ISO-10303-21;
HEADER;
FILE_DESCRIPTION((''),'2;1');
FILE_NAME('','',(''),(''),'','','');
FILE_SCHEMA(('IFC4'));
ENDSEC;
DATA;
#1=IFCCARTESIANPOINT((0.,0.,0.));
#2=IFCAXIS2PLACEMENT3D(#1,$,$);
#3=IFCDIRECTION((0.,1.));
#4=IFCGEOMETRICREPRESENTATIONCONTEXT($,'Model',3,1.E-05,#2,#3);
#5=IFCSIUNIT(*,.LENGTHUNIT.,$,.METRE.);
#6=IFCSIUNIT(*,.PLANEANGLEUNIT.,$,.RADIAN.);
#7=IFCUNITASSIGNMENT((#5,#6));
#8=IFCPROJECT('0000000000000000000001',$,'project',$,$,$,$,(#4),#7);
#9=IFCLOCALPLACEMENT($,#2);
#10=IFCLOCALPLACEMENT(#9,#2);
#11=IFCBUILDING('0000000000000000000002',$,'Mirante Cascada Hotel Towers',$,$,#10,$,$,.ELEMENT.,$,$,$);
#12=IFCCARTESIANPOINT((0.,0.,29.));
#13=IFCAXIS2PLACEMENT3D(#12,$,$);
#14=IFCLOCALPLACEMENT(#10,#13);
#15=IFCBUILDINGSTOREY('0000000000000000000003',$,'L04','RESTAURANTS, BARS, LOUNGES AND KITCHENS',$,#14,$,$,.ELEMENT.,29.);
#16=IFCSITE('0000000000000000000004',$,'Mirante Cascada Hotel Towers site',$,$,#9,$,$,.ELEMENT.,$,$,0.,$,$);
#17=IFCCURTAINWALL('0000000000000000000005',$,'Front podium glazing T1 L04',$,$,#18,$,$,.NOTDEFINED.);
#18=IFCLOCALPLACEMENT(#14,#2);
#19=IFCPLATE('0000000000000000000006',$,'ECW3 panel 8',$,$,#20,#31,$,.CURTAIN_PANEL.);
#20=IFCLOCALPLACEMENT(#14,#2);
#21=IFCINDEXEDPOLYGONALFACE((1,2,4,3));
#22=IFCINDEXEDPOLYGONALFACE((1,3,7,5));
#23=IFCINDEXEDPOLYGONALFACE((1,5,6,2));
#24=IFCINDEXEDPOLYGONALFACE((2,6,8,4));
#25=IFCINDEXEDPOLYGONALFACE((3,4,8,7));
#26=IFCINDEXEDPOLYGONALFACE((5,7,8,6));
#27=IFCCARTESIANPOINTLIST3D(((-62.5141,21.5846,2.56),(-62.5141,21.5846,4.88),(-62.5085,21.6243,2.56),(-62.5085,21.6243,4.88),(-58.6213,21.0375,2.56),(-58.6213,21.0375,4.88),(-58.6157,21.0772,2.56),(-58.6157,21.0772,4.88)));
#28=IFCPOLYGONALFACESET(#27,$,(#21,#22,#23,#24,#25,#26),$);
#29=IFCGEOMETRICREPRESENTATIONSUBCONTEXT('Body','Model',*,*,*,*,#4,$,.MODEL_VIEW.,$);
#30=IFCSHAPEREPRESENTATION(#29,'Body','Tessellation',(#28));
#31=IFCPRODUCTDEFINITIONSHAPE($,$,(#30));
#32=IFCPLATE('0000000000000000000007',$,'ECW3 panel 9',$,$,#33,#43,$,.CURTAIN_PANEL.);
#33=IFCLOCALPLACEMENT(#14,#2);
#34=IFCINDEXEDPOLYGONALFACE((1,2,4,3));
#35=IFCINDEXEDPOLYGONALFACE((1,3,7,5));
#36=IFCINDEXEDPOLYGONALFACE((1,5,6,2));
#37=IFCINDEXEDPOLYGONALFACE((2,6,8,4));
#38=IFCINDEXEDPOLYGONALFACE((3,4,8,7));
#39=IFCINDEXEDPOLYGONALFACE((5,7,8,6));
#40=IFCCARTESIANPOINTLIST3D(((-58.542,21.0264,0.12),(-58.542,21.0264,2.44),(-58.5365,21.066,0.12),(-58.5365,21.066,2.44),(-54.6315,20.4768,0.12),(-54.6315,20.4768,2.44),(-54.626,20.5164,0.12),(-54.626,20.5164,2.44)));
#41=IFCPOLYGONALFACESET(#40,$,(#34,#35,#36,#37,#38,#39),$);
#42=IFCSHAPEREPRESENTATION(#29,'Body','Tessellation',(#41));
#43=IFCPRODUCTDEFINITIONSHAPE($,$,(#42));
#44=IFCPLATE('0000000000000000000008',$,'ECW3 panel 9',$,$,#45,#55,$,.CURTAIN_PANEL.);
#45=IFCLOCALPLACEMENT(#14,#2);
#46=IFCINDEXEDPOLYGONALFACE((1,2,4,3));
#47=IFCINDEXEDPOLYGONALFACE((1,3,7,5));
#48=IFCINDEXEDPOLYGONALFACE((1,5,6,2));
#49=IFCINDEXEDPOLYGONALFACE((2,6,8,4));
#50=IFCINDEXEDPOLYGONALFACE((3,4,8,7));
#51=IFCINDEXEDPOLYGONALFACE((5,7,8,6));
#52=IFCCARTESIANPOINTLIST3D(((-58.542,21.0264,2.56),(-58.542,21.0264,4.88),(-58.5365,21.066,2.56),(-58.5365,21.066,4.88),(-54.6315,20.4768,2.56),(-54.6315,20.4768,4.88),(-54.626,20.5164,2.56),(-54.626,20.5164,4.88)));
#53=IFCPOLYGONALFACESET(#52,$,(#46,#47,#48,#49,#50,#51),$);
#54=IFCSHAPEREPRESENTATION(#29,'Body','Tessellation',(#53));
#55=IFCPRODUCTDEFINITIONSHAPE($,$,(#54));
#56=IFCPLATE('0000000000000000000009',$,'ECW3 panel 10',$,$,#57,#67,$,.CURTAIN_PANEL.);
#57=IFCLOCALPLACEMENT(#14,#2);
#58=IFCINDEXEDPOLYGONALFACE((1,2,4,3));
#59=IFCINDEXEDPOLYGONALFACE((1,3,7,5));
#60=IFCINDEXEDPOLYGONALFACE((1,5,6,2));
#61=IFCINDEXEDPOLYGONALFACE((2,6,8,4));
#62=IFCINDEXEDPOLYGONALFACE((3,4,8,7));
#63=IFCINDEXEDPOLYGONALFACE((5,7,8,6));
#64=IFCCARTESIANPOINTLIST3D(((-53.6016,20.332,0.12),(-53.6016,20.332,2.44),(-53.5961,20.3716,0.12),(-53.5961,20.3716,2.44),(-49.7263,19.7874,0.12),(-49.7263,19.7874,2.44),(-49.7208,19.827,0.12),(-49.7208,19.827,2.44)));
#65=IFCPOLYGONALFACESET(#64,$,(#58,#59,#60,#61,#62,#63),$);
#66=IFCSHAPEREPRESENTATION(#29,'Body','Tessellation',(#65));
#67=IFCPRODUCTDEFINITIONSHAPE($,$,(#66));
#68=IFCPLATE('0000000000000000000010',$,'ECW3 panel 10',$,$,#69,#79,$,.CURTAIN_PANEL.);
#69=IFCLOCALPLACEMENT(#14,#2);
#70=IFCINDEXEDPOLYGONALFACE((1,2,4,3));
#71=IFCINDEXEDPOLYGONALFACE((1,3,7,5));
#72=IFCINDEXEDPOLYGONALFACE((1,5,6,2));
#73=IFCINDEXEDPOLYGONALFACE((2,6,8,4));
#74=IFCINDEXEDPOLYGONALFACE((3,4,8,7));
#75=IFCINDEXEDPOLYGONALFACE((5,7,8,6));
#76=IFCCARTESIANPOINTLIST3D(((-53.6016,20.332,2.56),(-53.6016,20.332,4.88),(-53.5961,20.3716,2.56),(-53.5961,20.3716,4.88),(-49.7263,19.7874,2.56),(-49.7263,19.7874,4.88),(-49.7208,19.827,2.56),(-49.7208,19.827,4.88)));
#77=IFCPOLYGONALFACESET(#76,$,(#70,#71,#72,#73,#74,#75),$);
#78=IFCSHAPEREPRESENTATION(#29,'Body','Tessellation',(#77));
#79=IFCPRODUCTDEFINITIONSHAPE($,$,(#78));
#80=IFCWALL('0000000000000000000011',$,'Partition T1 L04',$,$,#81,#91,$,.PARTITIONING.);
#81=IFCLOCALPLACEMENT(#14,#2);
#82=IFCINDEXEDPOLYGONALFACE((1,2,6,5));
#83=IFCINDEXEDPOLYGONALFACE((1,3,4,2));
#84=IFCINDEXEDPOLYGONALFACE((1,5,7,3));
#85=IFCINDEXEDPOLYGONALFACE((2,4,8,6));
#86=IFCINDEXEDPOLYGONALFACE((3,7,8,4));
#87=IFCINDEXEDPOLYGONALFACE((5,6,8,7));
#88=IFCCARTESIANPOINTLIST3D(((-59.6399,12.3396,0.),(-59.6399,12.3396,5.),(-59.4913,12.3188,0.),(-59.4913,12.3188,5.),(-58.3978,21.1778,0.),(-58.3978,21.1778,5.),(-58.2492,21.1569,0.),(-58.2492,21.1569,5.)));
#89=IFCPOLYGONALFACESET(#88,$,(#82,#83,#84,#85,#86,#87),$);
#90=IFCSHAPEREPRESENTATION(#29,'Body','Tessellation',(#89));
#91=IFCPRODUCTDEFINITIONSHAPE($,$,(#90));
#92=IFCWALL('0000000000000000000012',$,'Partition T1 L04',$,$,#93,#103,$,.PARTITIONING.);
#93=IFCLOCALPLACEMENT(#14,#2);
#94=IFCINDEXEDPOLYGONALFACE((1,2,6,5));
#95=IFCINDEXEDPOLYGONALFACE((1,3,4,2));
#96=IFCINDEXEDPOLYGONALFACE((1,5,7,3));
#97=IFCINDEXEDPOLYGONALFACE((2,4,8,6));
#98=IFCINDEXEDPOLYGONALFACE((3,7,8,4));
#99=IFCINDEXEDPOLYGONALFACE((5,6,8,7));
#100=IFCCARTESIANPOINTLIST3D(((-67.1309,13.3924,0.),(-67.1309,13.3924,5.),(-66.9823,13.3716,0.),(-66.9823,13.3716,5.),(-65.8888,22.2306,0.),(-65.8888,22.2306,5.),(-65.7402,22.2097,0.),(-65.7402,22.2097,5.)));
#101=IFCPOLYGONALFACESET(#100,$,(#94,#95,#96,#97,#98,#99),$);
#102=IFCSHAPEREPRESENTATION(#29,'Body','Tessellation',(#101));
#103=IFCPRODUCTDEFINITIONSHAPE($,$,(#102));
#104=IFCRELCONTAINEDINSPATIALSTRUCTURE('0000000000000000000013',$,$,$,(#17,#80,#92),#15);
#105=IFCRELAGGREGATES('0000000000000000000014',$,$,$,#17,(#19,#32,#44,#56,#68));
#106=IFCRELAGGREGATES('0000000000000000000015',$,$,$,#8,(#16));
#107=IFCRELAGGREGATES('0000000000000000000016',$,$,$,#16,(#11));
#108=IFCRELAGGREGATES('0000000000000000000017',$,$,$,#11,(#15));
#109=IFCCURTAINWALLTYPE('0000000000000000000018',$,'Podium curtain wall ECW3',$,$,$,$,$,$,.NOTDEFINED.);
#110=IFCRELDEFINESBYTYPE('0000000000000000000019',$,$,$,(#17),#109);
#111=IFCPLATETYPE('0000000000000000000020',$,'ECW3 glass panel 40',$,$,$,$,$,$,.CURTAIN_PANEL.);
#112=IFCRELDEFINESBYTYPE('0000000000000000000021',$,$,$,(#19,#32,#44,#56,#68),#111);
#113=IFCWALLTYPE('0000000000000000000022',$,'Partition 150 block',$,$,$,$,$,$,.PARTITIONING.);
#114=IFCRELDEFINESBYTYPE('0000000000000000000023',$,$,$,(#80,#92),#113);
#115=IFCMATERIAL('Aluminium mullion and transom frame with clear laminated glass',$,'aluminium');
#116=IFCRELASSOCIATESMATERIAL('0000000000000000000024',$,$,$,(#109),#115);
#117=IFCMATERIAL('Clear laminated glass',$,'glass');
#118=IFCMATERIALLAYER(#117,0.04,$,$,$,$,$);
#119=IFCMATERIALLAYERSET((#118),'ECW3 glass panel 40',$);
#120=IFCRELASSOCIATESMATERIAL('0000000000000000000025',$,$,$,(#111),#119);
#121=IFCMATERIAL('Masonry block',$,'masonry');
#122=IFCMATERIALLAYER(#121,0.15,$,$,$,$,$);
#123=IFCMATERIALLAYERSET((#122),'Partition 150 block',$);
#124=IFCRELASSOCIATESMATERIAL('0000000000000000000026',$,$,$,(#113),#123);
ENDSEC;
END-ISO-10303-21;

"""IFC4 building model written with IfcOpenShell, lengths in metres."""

from ifc_helpers import new_model, si_unit, direction, frame, frame_2d, origin, origin_2d, place, context, subcontext, project, spatial, rectangle, extrude, material, layer, layer_set, type_object, element, aggregate, save


model = new_model("IFC4")

# Units and contexts
model_context = context("Model", 3, precision=1e-05, world=origin(), true_north=direction((0.0, 1.0)))
body_context = subcontext(model_context, "Body", "Model", "MODEL_VIEW")
ifc_project = project(units=[si_unit("LENGTHUNIT", "METRE"), si_unit("PLANEANGLEUNIT", "RADIAN")], contexts=[model_context])

# Site, building, storey
site_placement = place(None, origin())
site = spatial("IfcSite", under=ifc_project, at=site_placement, Name="Mirante Cascada Hotel Towers site", CompositionType="ELEMENT", RefElevation=0.0)
building_placement = place(site_placement, origin())
building = spatial("IfcBuilding", under=site, at=building_placement, Name="Mirante Cascada Hotel Towers", CompositionType="ELEMENT")
storey_placement = place(building_placement, frame((0.0, 0.0, 29.0)))
storey = spatial("IfcBuildingStorey", under=building, at=storey_placement, Name="L04", Description="RESTAURANTS, BARS, LOUNGES AND KITCHENS", CompositionType="ELEMENT", Elevation=29.0)

# Curtain wall, plates
ifc_material_1 = material(Name="Aluminium mullion and transom frame with clear laminated glass", Category="aluminium")
curtain_wall_type = type_object("IfcCurtainWallType", Name="Podium curtain wall ECW3", PredefinedType="NOTDEFINED", material=ifc_material_1)
curtain_wall_placement = place(storey_placement, origin())
curtain_wall = element("IfcCurtainWall", 1, at=curtain_wall_placement, inside=storey, type_object=curtain_wall_type, Name="Front podium glazing T1 L04", PredefinedType="NOTDEFINED")
ifc_material_2 = material(Name="Clear laminated glass", Category="glass")
ifc_layer_1 = layer(ifc_material_2, 0.04)
ifc_layer_set_1 = layer_set([ifc_layer_1], Name="ECW3 glass panel 40")
plate_type = type_object("IfcPlateType", Name="ECW3 glass panel 40", PredefinedType="CURTAIN_PANEL", material=ifc_layer_set_1)
plate_1_placement = place(storey_placement, frame((-60.5649, 21.3309, 2.56), z_axis=(0.0, 0.0, 1.0), x_axis=(0.990268, -0.139173, 0.0)))
plate_1 = element("IfcPlate", 2, at=plate_1_placement, type_object=plate_type, Name="ECW3 panel 8", PredefinedType="CURTAIN_PANEL", context=body_context, shape_type="SweptSolid", body=[
    extrude(rectangle(XDim=3.9311, YDim=0.04, at=origin_2d()), origin(), (0.0, 0.0, 1.0), 2.32),
])
plate_2_placement = place(storey_placement, frame((-56.584, 20.7714, 0.12), z_axis=(0.0, 0.0, 1.0), x_axis=(0.990268, -0.139173, 0.0)))
plate_2 = element("IfcPlate", 3, at=plate_2_placement, type_object=plate_type, Name="ECW3 panel 9", PredefinedType="CURTAIN_PANEL", context=body_context, shape_type="SweptSolid", body=[
    extrude(rectangle(XDim=3.9489, YDim=0.04, at=origin_2d()), origin(), (0.0, 0.0, 1.0), 2.32),
])
plate_3_placement = place(storey_placement, frame((-56.584, 20.7714, 2.56), z_axis=(0.0, 0.0, 1.0), x_axis=(0.990268, -0.139173, 0.0)))
plate_3 = element("IfcPlate", 4, at=plate_3_placement, type_object=plate_type, Name="ECW3 panel 9", PredefinedType="CURTAIN_PANEL", context=body_context, shape_type="SweptSolid", body=[
    extrude(rectangle(XDim=3.9489, YDim=0.04, at=origin_2d()), origin(), (0.0, 0.0, 1.0), 2.32),
])
plate_4_placement = place(storey_placement, frame((-51.6612, 20.0795, 0.12), z_axis=(0.0, 0.0, 1.0), x_axis=(0.990268, -0.139173, 0.0)))
plate_4 = element("IfcPlate", 5, at=plate_4_placement, type_object=plate_type, Name="ECW3 panel 10", PredefinedType="CURTAIN_PANEL", context=body_context, shape_type="SweptSolid", body=[
    extrude(rectangle(XDim=3.9134, YDim=0.04, at=origin_2d()), origin(), (0.0, 0.0, 1.0), 2.32),
])
plate_5_placement = place(storey_placement, frame((-51.6612, 20.0795, 2.56), z_axis=(0.0, 0.0, 1.0), x_axis=(0.990268, -0.139173, 0.0)))
plate_5 = element("IfcPlate", 6, at=plate_5_placement, type_object=plate_type, Name="ECW3 panel 10", PredefinedType="CURTAIN_PANEL", context=body_context, shape_type="SweptSolid", body=[
    extrude(rectangle(XDim=3.9134, YDim=0.04, at=origin_2d()), origin(), (0.0, 0.0, 1.0), 2.32),
])
aggregate(curtain_wall, [plate_1, plate_2, plate_3, plate_4, plate_5])

# Walls
ifc_material_3 = material(Name="Masonry block", Category="masonry")
ifc_layer_2 = layer(ifc_material_3, 0.15)
ifc_layer_set_2 = layer_set([ifc_layer_2], Name="Partition 150 block")
wall_type = type_object("IfcWallType", Name="Partition 150 block", PredefinedType="PARTITIONING", material=ifc_layer_set_2)
for number, where, z_axis, x_axis, name in (
    (7, (-59.5656, 12.3292, 0.0), (0.0, 0.0, 1.0), (0.139172, 0.990268, 0.0), "Partition T1 L04"),
    (8, (-67.0566, 13.382, 0.0), (0.0, 0.0, 1.0), (0.139172, 0.990268, 0.0), "Partition T1 L04"),
):
    element("IfcWall", number, at=place(storey_placement, frame(where, z_axis=z_axis, x_axis=x_axis)), inside=storey, type_object=wall_type, Name=name, PredefinedType="PARTITIONING", context=body_context, shape_type="SweptSolid", body=[
        extrude(rectangle(XDim=8.925, YDim=0.15, at=frame_2d((4.4625, 0.0))), origin(), (0.0, 0.0, 1.0), 5.0),
    ])

save(model, "model.ifc")
